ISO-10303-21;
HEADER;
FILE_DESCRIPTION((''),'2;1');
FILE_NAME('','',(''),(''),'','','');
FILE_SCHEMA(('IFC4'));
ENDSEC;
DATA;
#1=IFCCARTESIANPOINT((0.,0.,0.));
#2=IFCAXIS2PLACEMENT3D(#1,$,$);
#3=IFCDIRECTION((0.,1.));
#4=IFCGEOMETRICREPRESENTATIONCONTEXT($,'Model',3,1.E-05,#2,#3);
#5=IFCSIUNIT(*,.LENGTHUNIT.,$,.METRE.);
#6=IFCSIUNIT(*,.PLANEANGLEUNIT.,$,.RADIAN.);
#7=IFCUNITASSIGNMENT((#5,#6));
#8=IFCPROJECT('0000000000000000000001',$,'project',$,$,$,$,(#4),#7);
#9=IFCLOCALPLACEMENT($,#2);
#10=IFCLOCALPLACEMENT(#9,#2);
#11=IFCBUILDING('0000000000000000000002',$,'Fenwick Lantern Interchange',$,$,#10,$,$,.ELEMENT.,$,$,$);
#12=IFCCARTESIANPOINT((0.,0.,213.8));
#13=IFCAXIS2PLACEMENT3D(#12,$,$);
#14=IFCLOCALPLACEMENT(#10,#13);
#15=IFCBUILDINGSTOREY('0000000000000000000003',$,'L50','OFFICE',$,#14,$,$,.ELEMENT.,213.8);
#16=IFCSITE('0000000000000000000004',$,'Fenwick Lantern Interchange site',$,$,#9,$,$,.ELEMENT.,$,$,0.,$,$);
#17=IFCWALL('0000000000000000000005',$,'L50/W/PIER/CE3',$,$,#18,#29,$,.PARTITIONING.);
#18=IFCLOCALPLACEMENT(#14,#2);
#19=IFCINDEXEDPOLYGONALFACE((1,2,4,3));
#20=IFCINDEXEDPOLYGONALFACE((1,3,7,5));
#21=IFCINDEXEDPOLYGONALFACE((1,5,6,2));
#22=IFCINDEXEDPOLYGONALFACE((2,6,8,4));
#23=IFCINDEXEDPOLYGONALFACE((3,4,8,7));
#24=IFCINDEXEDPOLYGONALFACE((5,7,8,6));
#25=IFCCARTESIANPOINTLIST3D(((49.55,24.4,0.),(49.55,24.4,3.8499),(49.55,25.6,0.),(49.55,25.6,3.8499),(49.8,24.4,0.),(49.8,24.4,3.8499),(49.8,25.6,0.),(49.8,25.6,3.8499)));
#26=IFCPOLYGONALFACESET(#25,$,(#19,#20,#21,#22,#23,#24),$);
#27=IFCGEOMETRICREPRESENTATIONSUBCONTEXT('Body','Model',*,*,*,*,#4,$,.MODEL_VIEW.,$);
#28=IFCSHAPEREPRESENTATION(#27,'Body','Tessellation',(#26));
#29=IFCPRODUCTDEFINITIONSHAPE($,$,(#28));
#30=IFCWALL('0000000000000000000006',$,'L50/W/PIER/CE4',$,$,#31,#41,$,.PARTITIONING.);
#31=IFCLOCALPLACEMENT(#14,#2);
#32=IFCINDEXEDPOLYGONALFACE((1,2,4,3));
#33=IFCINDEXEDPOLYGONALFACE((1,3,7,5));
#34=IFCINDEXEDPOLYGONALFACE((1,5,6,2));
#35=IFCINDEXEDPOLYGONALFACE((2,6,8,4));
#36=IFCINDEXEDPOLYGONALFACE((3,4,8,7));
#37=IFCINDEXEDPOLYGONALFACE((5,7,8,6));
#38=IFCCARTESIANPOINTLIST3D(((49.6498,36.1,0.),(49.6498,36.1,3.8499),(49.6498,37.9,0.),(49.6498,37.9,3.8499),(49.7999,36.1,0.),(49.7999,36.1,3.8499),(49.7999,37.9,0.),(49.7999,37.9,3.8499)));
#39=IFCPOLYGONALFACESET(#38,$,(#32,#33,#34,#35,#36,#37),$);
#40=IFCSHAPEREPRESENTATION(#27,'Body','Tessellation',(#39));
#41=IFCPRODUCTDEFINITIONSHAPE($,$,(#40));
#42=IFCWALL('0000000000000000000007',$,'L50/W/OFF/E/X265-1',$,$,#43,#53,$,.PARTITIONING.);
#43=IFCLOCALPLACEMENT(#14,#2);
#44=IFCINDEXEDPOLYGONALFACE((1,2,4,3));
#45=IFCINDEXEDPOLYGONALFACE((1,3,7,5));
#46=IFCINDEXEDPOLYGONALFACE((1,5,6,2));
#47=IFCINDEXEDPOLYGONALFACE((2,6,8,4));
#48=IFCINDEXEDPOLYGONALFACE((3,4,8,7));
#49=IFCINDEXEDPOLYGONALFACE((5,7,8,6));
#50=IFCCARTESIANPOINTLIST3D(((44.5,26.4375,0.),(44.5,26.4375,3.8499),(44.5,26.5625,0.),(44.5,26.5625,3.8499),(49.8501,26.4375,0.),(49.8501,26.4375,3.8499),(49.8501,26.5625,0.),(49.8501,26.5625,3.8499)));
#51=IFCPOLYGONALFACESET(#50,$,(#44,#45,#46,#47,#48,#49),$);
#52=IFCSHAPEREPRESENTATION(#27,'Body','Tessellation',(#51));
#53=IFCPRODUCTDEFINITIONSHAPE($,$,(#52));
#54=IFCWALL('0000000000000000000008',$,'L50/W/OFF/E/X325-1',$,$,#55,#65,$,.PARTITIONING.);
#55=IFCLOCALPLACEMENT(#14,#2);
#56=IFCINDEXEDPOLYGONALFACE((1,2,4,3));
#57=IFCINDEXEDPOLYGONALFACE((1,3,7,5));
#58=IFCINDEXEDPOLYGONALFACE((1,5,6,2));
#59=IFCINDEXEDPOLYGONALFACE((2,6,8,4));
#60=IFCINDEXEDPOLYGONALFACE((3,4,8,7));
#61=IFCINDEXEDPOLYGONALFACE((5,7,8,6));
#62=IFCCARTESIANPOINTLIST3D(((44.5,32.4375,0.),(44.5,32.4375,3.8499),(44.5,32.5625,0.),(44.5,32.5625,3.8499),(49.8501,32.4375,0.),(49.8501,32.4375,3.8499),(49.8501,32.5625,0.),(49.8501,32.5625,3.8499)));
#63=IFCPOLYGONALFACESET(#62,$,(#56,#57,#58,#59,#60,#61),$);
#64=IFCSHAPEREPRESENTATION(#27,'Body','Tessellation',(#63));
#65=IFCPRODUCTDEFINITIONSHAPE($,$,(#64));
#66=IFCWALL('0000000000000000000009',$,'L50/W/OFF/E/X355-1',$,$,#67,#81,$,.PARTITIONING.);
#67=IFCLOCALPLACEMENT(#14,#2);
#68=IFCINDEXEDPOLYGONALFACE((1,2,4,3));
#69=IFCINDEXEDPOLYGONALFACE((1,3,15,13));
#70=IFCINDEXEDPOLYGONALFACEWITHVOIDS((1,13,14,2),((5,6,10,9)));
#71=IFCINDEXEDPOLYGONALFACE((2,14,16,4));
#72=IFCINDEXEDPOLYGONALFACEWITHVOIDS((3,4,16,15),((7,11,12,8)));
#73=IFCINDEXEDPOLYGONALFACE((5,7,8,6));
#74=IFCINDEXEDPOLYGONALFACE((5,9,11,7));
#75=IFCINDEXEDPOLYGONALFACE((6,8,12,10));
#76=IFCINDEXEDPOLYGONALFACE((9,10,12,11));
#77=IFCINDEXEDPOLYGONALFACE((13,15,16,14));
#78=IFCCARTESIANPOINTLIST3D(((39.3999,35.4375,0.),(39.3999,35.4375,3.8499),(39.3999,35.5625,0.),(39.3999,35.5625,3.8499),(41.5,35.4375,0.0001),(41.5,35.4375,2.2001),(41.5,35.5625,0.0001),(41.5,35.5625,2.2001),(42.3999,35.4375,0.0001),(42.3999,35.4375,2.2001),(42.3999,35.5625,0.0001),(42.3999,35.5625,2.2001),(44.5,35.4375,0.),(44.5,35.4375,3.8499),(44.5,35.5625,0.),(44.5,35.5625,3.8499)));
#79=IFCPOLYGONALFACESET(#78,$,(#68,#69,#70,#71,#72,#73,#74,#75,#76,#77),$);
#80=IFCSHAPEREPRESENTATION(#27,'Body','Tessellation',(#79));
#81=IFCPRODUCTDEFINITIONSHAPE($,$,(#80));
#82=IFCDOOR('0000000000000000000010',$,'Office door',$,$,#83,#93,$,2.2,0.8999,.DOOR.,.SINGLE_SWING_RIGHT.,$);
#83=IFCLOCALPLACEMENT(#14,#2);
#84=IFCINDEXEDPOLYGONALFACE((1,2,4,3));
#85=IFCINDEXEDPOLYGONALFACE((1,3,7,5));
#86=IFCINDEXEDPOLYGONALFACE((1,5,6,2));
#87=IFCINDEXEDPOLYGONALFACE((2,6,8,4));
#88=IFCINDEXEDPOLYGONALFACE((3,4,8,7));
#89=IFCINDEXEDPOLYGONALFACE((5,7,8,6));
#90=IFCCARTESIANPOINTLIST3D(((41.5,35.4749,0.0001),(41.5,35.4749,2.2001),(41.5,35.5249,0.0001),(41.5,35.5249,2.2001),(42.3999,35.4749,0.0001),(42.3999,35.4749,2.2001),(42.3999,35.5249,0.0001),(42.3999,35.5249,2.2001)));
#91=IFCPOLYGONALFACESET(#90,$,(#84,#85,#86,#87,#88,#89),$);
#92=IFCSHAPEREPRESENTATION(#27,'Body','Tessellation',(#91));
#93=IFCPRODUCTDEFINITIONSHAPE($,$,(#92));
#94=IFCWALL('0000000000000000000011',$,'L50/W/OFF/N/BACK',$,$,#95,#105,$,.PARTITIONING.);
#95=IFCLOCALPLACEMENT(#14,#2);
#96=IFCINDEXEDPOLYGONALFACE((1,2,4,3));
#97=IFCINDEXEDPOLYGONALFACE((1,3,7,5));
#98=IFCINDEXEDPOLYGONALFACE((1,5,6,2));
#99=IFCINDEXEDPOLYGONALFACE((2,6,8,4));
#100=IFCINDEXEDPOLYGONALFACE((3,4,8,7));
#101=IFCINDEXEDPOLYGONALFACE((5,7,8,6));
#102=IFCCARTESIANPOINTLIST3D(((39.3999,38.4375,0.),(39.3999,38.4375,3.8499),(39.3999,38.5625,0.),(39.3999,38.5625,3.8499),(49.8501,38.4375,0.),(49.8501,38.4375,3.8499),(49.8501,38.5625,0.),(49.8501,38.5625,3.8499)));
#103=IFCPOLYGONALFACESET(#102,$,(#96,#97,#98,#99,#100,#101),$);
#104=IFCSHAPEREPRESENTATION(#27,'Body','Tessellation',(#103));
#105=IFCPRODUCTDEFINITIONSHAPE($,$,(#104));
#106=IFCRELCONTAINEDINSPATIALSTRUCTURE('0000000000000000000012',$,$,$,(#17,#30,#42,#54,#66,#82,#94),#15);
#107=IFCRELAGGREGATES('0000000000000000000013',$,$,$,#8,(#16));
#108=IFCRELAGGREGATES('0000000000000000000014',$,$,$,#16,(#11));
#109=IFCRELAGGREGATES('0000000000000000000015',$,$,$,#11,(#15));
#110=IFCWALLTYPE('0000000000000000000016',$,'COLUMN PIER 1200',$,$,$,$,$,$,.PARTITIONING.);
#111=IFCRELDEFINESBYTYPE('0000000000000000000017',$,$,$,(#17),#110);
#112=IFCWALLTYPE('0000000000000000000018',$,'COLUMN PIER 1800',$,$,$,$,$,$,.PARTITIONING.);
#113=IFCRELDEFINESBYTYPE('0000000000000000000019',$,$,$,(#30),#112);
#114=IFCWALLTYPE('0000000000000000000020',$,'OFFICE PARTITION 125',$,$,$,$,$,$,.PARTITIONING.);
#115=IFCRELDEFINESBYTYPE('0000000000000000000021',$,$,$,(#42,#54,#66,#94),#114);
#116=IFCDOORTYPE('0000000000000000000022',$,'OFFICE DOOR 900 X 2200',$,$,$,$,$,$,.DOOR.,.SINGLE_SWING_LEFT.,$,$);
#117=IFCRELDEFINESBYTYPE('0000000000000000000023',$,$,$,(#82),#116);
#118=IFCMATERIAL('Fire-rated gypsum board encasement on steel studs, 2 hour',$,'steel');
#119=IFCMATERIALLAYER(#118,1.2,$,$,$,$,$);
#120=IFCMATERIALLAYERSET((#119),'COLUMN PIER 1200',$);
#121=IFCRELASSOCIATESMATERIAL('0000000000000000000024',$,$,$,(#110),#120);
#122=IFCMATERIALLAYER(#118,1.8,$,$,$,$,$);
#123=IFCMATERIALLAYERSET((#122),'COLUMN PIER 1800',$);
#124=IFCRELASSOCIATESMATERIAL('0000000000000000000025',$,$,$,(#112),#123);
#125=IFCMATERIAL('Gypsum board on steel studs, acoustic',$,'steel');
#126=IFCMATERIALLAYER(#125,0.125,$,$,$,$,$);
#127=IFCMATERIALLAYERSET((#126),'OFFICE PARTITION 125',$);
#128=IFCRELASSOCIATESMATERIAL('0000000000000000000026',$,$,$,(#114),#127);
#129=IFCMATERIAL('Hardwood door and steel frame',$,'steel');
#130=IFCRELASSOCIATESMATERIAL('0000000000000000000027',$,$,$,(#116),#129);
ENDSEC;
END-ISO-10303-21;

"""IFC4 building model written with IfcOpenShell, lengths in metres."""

from ifc_helpers import new_model, si_unit, direction, frame, frame_2d, origin, place, context, subcontext, project, spatial, rectangle, extrude, material, layer, layer_set, type_object, element, fill, save


model = new_model("IFC4")

# Units and contexts
model_context = context("Model", 3, precision=1e-05, world=origin(), true_north=direction((0.0, 1.0)))
body_context = subcontext(model_context, "Body", "Model", "MODEL_VIEW")
ifc_project = project(units=[si_unit("LENGTHUNIT", "METRE"), si_unit("PLANEANGLEUNIT", "RADIAN")], contexts=[model_context])

# Site, building, storey
site_placement = place(None, origin())
site = spatial("IfcSite", under=ifc_project, at=site_placement, Name="Fenwick Lantern Interchange site", CompositionType="ELEMENT", RefElevation=0.0)
building_placement = place(site_placement, origin())
building = spatial("IfcBuilding", under=site, at=building_placement, Name="Fenwick Lantern Interchange", CompositionType="ELEMENT")
storey_placement = place(building_placement, frame((0.0, 0.0, 213.8)))
storey = spatial("IfcBuildingStorey", under=building, at=storey_placement, Name="L50", Description="OFFICE", CompositionType="ELEMENT", Elevation=213.8)

# Walls
ifc_material_1 = material(Name="Fire-rated gypsum board encasement on steel studs, 2 hour", Category="steel")
ifc_layer_1 = layer(ifc_material_1, 1.2)
ifc_layer_set_1 = layer_set([ifc_layer_1], Name="COLUMN PIER 1200")
wall_type_1 = type_object("IfcWallType", Name="COLUMN PIER 1200", PredefinedType="PARTITIONING", material=ifc_layer_set_1)
wall_1_placement = place(storey_placement, frame((49.8, 25.0, 0.0), z_axis=(0.0, 0.0, 1.0), x_axis=(-1.0, 0.0, 0.0)))
element("IfcWall", 1, at=wall_1_placement, inside=storey, type_object=wall_type_1, Name="L50/W/PIER/CE3", PredefinedType="PARTITIONING", context=body_context, shape_type="SweptSolid", body=[
    extrude(rectangle(XDim=0.25, YDim=1.2, at=frame_2d((0.125, 0.0))), origin(), (0.0, 0.0, 1.0), 3.8499),
])
ifc_layer_2 = layer(ifc_material_1, 1.8)
ifc_layer_set_2 = layer_set([ifc_layer_2], Name="COLUMN PIER 1800")
wall_type_2 = type_object("IfcWallType", Name="COLUMN PIER 1800", PredefinedType="PARTITIONING", material=ifc_layer_set_2)
wall_2_placement = place(storey_placement, frame((49.8, 37.0, 0.0), z_axis=(0.0, 0.0, 1.0), x_axis=(-1.0, 0.0, 0.0)))
element("IfcWall", 2, at=wall_2_placement, inside=storey, type_object=wall_type_2, Name="L50/W/PIER/CE4", PredefinedType="PARTITIONING", context=body_context, shape_type="SweptSolid", body=[
    extrude(rectangle(XDim=0.1501, YDim=1.8, at=frame_2d((0.0752, 0.0))), origin(), (0.0, 0.0, 1.0), 3.8499),
])
ifc_material_2 = material(Name="Gypsum board on steel studs, acoustic", Category="steel")
ifc_layer_3 = layer(ifc_material_2, 0.125)
ifc_layer_set_3 = layer_set([ifc_layer_3], Name="OFFICE PARTITION 125")
wall_type_3 = type_object("IfcWallType", Name="OFFICE PARTITION 125", PredefinedType="PARTITIONING", material=ifc_layer_set_3)
for number, where, z_axis, x_axis, name in (
    (3, (49.8501, 26.5, 0.0), (0.0, 0.0, 1.0), (-1.0, 0.0, 0.0), "L50/W/OFF/E/X265-1"),
    (4, (49.8501, 32.5, 0.0), (0.0, 0.0, 1.0), (-1.0, 0.0, 0.0), "L50/W/OFF/E/X325-1"),
):
    element("IfcWall", number, at=place(storey_placement, frame(where, z_axis=z_axis, x_axis=x_axis)), inside=storey, type_object=wall_type_3, Name=name, PredefinedType="PARTITIONING", context=body_context, shape_type="SweptSolid", body=[
        extrude(rectangle(XDim=5.3501, YDim=0.125, at=frame_2d((2.675, 0.0))), origin(), (0.0, 0.0, 1.0), 3.8499),
    ])

# Wall, opening, door
wall_3_placement = place(storey_placement, frame((44.5, 35.5, 0.0), z_axis=(0.0, 0.0, 1.0), x_axis=(-1.0, 0.0, 0.0)))
wall_3 = element("IfcWall", 5, at=wall_3_placement, inside=storey, type_object=wall_type_3, Name="L50/W/OFF/E/X355-1", PredefinedType="PARTITIONING", context=body_context, shape_type="SweptSolid", body=[
    extrude(rectangle(XDim=5.1001, YDim=0.125, at=frame_2d((2.55, 0.0))), origin(), (0.0, 0.0, 1.0), 3.8499),
])
opening_placement = place(wall_3_placement, frame((2.1001, 0.0, 0.0)))
opening = element("IfcOpeningElement", 6, at=opening_placement, cuts=wall_3, PredefinedType="OPENING", context=body_context, shape_type="SweptSolid", body=[
    extrude(rectangle(XDim=0.8999, YDim=2.2, at=frame_2d((0.45, 1.1001))), frame((0.0, 0.0725, 0.0), z_axis=(0.0, -1.0, 0.0), x_axis=(1.0, 0.0, 0.0)), (0.0, 0.0, 1.0), 0.145),
])
ifc_material_3 = material(Name="Hardwood door and steel frame", Category="steel")
door_type = type_object("IfcDoorType", Name="OFFICE DOOR 900 X 2200", OperationType="SINGLE_SWING_LEFT", PredefinedType="DOOR", material=ifc_material_3)
door_placement = place(opening_placement, frame((0.8999, 0.0, 0.0), z_axis=(0.0, 0.0, 1.0), x_axis=(-1.0, 0.0, 0.0)))
door = element("IfcDoor", 7, at=door_placement, inside=storey, type_object=door_type, Name="Office door", OperationType="SINGLE_SWING_RIGHT", OverallHeight=2.2, OverallWidth=0.8999, PredefinedType="DOOR", context=body_context, shape_type="SweptSolid", body=[
    extrude(rectangle(XDim=0.8999, YDim=2.2, at=frame_2d((0.45, 1.1001))), frame((0.0, 0.0249, 0.0), z_axis=(0.0, -1.0, 0.0), x_axis=(1.0, 0.0, 0.0)), (0.0, 0.0, 1.0), 0.05),
])
fill(opening, door)

# Wall
wall_4_placement = place(storey_placement, frame((49.8501, 38.5, 0.0), z_axis=(0.0, 0.0, 1.0), x_axis=(-1.0, 0.0, 0.0)))
element("IfcWall", 8, at=wall_4_placement, inside=storey, type_object=wall_type_3, Name="L50/W/OFF/N/BACK", PredefinedType="PARTITIONING", context=body_context, shape_type="SweptSolid", body=[
    extrude(rectangle(XDim=10.4502, YDim=0.125, at=frame_2d((5.2251, 0.0))), origin(), (0.0, 0.0, 1.0), 3.8499),
])

save(model, "model.ifc")
